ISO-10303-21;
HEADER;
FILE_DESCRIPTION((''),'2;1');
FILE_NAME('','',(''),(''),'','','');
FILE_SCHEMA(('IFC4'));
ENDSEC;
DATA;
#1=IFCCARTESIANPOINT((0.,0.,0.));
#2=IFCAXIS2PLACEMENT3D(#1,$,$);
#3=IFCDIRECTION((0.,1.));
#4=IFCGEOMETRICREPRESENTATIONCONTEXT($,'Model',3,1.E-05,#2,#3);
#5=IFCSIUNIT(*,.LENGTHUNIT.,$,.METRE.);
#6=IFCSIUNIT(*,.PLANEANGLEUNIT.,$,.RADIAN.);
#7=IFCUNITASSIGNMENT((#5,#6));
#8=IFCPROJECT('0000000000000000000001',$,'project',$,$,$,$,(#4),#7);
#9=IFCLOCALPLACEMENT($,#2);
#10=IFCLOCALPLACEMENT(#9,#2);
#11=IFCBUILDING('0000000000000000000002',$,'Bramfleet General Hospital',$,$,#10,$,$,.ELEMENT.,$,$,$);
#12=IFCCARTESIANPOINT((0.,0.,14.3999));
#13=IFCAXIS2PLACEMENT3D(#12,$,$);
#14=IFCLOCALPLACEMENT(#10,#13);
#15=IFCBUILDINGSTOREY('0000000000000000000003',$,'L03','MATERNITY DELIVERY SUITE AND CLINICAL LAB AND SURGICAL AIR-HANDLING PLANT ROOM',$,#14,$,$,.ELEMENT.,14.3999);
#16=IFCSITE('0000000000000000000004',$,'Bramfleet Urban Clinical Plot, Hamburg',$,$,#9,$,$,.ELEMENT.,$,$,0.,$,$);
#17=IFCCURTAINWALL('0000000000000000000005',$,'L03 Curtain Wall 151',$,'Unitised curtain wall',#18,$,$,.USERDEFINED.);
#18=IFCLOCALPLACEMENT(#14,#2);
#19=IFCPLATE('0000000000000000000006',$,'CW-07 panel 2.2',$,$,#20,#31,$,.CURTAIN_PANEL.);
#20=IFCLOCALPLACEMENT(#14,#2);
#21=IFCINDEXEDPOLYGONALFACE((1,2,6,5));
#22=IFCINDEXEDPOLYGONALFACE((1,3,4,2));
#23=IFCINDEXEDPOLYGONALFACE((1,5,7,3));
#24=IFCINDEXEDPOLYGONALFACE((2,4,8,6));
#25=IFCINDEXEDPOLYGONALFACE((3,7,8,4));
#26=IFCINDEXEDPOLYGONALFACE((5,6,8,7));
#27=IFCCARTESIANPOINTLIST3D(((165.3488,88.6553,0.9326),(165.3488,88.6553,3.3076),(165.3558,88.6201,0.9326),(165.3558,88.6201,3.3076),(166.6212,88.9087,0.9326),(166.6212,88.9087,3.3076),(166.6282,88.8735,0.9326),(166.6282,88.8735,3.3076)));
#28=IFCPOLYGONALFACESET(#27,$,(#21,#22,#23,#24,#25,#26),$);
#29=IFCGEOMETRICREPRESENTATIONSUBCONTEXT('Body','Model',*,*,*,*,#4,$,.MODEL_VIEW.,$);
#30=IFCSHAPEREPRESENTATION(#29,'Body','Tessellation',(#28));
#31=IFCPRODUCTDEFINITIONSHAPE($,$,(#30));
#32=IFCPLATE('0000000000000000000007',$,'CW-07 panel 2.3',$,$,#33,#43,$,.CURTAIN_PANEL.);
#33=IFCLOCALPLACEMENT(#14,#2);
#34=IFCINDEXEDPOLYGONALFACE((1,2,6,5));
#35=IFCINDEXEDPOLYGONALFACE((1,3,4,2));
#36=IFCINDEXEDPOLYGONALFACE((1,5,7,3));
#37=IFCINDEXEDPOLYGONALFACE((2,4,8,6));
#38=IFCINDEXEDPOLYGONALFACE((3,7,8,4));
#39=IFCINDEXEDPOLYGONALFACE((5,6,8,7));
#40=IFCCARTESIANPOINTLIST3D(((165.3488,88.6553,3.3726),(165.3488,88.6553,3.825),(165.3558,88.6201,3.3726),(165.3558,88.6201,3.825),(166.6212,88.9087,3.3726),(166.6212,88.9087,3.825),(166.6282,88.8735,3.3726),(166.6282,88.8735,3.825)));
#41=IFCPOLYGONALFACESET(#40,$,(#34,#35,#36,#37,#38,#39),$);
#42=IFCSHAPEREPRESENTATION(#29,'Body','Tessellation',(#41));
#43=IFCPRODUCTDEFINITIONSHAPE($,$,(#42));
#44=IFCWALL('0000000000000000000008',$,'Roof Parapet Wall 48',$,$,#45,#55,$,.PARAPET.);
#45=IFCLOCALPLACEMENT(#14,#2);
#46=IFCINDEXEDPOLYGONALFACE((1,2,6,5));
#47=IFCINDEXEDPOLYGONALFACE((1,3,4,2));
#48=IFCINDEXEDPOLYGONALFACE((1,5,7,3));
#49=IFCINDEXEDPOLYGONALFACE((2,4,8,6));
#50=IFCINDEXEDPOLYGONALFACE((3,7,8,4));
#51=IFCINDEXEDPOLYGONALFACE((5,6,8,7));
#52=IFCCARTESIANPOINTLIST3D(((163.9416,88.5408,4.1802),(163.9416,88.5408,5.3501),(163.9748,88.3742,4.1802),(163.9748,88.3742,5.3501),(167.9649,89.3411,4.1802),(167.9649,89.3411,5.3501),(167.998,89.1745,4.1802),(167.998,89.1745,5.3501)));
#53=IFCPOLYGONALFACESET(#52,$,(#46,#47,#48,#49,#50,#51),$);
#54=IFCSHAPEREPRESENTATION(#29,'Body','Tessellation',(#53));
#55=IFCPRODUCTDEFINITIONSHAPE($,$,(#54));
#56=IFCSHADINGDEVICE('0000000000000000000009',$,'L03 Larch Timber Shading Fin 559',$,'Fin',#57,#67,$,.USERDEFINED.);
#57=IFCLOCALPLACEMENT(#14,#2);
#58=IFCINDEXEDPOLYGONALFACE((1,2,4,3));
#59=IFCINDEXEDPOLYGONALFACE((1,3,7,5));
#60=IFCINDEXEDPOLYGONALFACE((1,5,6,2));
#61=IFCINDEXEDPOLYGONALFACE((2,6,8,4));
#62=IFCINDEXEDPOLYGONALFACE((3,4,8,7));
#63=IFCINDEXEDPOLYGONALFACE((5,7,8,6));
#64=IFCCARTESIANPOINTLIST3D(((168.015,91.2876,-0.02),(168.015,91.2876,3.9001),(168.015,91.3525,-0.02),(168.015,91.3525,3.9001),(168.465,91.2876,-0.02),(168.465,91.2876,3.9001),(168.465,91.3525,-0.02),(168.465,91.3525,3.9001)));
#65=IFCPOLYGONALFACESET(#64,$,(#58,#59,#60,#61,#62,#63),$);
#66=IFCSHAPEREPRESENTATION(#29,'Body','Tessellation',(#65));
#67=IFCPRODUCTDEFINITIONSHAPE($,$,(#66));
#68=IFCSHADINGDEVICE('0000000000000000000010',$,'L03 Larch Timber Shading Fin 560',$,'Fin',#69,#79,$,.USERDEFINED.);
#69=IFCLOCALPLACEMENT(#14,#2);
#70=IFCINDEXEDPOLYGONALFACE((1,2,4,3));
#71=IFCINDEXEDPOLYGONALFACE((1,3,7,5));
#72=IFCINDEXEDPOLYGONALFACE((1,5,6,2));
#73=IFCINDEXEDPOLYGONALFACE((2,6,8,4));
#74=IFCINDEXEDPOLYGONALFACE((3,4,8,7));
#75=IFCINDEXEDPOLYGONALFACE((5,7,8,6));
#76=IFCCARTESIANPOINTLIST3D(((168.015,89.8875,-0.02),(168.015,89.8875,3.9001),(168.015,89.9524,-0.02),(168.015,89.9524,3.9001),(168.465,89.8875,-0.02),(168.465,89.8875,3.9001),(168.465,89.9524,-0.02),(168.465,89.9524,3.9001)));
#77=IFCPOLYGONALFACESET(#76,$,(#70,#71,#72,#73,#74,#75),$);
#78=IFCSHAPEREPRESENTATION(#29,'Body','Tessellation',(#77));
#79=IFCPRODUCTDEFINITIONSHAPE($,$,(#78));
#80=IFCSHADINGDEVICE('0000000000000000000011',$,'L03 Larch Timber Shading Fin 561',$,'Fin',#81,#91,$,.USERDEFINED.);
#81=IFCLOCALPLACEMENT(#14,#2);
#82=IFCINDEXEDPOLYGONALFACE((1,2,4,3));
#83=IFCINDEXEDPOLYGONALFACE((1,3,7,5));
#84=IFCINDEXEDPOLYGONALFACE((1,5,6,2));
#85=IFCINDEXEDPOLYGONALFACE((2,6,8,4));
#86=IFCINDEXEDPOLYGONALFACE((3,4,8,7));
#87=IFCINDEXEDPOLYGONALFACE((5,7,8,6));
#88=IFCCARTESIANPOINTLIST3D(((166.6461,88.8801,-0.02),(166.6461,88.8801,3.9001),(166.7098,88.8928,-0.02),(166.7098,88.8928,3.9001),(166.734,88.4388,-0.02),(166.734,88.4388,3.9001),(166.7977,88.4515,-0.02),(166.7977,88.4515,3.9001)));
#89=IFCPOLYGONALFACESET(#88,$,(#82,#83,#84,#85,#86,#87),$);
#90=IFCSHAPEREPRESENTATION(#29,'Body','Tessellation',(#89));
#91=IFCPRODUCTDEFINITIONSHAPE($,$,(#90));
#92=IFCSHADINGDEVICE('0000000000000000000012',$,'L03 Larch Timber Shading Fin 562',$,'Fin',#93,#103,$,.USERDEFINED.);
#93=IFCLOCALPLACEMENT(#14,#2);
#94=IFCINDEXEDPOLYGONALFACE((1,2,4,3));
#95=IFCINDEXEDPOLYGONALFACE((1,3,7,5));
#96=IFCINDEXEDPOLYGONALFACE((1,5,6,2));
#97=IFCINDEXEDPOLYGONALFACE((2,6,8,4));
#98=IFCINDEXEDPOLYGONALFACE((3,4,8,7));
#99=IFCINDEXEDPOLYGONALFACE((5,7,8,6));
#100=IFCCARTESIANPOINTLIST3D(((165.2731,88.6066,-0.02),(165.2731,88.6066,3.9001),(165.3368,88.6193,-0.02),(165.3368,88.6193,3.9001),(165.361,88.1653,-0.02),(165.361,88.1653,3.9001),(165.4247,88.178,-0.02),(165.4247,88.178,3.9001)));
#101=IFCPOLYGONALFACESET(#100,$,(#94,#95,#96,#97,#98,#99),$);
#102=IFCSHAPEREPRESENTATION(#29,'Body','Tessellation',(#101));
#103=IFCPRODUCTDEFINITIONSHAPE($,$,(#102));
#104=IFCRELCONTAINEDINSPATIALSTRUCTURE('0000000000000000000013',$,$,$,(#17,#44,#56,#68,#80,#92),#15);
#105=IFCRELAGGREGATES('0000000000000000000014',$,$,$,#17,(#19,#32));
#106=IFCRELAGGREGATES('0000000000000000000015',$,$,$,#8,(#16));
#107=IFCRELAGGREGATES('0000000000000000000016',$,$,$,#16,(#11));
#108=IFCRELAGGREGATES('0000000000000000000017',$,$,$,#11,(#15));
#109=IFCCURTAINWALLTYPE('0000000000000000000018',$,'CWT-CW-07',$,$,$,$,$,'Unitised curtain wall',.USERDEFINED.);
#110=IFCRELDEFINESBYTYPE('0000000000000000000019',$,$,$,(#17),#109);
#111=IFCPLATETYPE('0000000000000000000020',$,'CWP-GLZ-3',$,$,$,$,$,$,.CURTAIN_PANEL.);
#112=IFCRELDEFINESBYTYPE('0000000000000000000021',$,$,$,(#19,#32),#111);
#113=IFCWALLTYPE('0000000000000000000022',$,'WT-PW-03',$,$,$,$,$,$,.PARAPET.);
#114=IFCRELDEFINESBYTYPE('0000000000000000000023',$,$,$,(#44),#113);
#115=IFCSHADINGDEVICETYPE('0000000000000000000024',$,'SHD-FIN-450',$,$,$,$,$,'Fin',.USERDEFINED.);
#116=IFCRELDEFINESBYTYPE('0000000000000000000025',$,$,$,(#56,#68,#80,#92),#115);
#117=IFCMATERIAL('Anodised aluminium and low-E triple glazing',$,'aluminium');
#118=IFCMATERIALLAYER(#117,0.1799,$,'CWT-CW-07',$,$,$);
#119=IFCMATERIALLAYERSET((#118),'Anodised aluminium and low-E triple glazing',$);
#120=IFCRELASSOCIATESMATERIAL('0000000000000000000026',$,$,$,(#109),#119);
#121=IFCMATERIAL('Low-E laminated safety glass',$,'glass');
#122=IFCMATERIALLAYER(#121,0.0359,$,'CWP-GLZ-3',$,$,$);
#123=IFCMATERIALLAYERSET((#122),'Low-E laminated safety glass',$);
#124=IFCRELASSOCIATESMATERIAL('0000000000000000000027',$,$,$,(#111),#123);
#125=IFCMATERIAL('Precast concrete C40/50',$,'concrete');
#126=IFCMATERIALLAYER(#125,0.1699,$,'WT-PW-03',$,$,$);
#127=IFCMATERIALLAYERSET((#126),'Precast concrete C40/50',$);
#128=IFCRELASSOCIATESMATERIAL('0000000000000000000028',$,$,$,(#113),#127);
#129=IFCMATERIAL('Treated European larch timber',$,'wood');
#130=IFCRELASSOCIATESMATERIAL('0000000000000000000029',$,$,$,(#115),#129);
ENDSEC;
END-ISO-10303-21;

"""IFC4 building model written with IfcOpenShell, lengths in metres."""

from ifc_helpers import new_model, si_unit, direction, frame, frame_2d, origin, origin_2d, place, context, subcontext, project, spatial, rectangle, extrude, material, layer, layer_set, material_profile, profile_set, type_object, element, aggregate, save


model = new_model("IFC4")

# Units and contexts
model_context = context("Model", 3, precision=1e-05, world=origin(), true_north=direction((0.0, 1.0)))
body_context = subcontext(model_context, "Body", "Model", "MODEL_VIEW")
ifc_project = project(units=[si_unit("LENGTHUNIT", "METRE"), si_unit("PLANEANGLEUNIT", "RADIAN")], contexts=[model_context])

# Site, building, storey
site_placement = place(None, origin())
site = spatial("IfcSite", under=ifc_project, at=site_placement, Name="Bramfleet Urban Clinical Plot, Hamburg", CompositionType="ELEMENT", RefElevation=0.0)
building_placement = place(site_placement, origin())
building = spatial("IfcBuilding", under=site, at=building_placement, Name="Bramfleet General Hospital", CompositionType="ELEMENT")
storey_placement = place(building_placement, frame((0.0, 0.0, 14.3999)))
storey = spatial("IfcBuildingStorey", under=building, at=storey_placement, Name="L03", Description="MATERNITY DELIVERY SUITE AND CLINICAL LAB AND SURGICAL AIR-HANDLING PLANT ROOM", CompositionType="ELEMENT", Elevation=14.3999)

# Curtain wall
ifc_material_1 = material(Name="Anodised aluminium and low-E triple glazing", Category="aluminium")
ifc_layer_1 = layer(ifc_material_1, 0.1799, Name="CWT-CW-07")
ifc_layer_set_1 = layer_set([ifc_layer_1], Name="Anodised aluminium and low-E triple glazing")
curtain_wall_type_1 = type_object("IfcCurtainWallType", Name="CWT-CW-07", ElementType="Unitised curtain wall", PredefinedType="USERDEFINED", material=ifc_layer_set_1)
curtain_wall_1_placement = place(storey_placement, origin())
curtain_wall_1 = element("IfcCurtainWall", 1, at=curtain_wall_1_placement, inside=storey, type_object=curtain_wall_type_1, Name="L03 Curtain Wall 151", ObjectType="Unitised curtain wall", PredefinedType="USERDEFINED")

# Plates
ifc_material_2 = material(Name="Low-E laminated safety glass", Category="glass")
ifc_layer_2 = layer(ifc_material_2, 0.0359, Name="CWP-GLZ-3")
ifc_layer_set_2 = layer_set([ifc_layer_2], Name="Low-E laminated safety glass")
plate_type_1 = type_object("IfcPlateType", Name="CWP-GLZ-3", PredefinedType="CURTAIN_PANEL", material=ifc_layer_set_2)
plate_1_placement = place(storey_placement, frame((165.9885, 88.7644, 0.9326), z_axis=(0.0, 0.0, 1.0), x_axis=(-0.980749, -0.195272, 0.0)))
plate_1 = element("IfcPlate", 2, at=plate_1_placement, type_object=plate_type_1, Name="CW-07 panel 2.2", PredefinedType="CURTAIN_PANEL", context=body_context, shape_type="SweptSolid", body=[
    extrude(rectangle(XDim=1.2974, YDim=0.0359, at=origin_2d()), origin(), (0.0, 0.0, 1.0), 2.375),
])
plate_2_placement = place(storey_placement, frame((165.9885, 88.7644, 3.3726), z_axis=(0.0, 0.0, 1.0), x_axis=(-0.980749, -0.195272, 0.0)))
plate_2 = element("IfcPlate", 3, at=plate_2_placement, type_object=plate_type_1, Name="CW-07 panel 2.3", PredefinedType="CURTAIN_PANEL", context=body_context, shape_type="SweptSolid", body=[
    extrude(rectangle(XDim=1.2974, YDim=0.0359, at=origin_2d()), origin(), (0.0, 0.0, 1.0), 0.4524),
])
aggregate(curtain_wall_1, [plate_1, plate_2])

# Wall
ifc_material_3 = material(Name="Precast concrete C40/50", Category="concrete")
ifc_layer_3 = layer(ifc_material_3, 0.1699, Name="WT-PW-03")
ifc_layer_set_3 = layer_set([ifc_layer_3], Name="Precast concrete C40/50")
wall_type = type_object("IfcWallType", Name="WT-PW-03", PredefinedType="PARAPET", material=ifc_layer_set_3)
wall_placement = place(storey_placement, frame((167.9814, 89.2578, 4.1802), z_axis=(0.0, 0.0, 1.0), x_axis=(-0.980784, -0.195097, 0.0)))
element("IfcWall", 4, at=wall_placement, inside=storey, type_object=wall_type, Name="Roof Parapet Wall 48", PredefinedType="PARAPET", context=body_context, shape_type="SweptSolid", body=[
    extrude(rectangle(XDim=4.1021, YDim=0.1699, at=frame_2d((2.051, 0.0))), origin(), (0.0, 0.0, 1.0), 1.1699),
])

# Shading devices
ifc_material_4 = material(Name="Treated European larch timber", Category="wood")
ifc_material_profile_1 = material_profile(ifc_material_4, rectangle(XDim=0.0649, YDim=0.45, at=origin_2d()), Name="LARCH FIN 450x65")
ifc_profile_set_1 = profile_set([ifc_material_profile_1], Name="Treated European larch timber")
shading_device_type = type_object("IfcShadingDeviceType", Name="SHD-FIN-450", ElementType="Fin", PredefinedType="USERDEFINED", material=ifc_profile_set_1)
for number, where, z_axis, x_axis, name in (
    (5, (168.24, 91.3201, -0.02), (0.0, 0.0, 1.0), (0.0, -1.0, 0.0), "L03 Larch Timber Shading Fin 559"),
    (6, (168.24, 89.9199, -0.02), (0.0, 0.0, 1.0), (0.0, -1.0, 0.0), "L03 Larch Timber Shading Fin 560"),
    (7, (166.7219, 88.6658, -0.02), (0.0, 0.0, 1.0), (-0.980749, -0.195272, 0.0), "L03 Larch Timber Shading Fin 561"),
    (8, (165.3489, 88.3923, -0.02), (0.0, 0.0, 1.0), (-0.980749, -0.195272, 0.0), "L03 Larch Timber Shading Fin 562"),
):
    element("IfcShadingDevice", number, at=place(storey_placement, frame(where, z_axis=z_axis, x_axis=x_axis)), inside=storey, type_object=shading_device_type, Name=name, ObjectType="Fin", PredefinedType="USERDEFINED", context=body_context, shape_type="SweptSolid", body=[
        extrude(rectangle(XDim=0.0649, YDim=0.45, at=origin_2d()), origin(), (0.0, 0.0, 1.0), 3.9202),
    ])

save(model, "model.ifc")
